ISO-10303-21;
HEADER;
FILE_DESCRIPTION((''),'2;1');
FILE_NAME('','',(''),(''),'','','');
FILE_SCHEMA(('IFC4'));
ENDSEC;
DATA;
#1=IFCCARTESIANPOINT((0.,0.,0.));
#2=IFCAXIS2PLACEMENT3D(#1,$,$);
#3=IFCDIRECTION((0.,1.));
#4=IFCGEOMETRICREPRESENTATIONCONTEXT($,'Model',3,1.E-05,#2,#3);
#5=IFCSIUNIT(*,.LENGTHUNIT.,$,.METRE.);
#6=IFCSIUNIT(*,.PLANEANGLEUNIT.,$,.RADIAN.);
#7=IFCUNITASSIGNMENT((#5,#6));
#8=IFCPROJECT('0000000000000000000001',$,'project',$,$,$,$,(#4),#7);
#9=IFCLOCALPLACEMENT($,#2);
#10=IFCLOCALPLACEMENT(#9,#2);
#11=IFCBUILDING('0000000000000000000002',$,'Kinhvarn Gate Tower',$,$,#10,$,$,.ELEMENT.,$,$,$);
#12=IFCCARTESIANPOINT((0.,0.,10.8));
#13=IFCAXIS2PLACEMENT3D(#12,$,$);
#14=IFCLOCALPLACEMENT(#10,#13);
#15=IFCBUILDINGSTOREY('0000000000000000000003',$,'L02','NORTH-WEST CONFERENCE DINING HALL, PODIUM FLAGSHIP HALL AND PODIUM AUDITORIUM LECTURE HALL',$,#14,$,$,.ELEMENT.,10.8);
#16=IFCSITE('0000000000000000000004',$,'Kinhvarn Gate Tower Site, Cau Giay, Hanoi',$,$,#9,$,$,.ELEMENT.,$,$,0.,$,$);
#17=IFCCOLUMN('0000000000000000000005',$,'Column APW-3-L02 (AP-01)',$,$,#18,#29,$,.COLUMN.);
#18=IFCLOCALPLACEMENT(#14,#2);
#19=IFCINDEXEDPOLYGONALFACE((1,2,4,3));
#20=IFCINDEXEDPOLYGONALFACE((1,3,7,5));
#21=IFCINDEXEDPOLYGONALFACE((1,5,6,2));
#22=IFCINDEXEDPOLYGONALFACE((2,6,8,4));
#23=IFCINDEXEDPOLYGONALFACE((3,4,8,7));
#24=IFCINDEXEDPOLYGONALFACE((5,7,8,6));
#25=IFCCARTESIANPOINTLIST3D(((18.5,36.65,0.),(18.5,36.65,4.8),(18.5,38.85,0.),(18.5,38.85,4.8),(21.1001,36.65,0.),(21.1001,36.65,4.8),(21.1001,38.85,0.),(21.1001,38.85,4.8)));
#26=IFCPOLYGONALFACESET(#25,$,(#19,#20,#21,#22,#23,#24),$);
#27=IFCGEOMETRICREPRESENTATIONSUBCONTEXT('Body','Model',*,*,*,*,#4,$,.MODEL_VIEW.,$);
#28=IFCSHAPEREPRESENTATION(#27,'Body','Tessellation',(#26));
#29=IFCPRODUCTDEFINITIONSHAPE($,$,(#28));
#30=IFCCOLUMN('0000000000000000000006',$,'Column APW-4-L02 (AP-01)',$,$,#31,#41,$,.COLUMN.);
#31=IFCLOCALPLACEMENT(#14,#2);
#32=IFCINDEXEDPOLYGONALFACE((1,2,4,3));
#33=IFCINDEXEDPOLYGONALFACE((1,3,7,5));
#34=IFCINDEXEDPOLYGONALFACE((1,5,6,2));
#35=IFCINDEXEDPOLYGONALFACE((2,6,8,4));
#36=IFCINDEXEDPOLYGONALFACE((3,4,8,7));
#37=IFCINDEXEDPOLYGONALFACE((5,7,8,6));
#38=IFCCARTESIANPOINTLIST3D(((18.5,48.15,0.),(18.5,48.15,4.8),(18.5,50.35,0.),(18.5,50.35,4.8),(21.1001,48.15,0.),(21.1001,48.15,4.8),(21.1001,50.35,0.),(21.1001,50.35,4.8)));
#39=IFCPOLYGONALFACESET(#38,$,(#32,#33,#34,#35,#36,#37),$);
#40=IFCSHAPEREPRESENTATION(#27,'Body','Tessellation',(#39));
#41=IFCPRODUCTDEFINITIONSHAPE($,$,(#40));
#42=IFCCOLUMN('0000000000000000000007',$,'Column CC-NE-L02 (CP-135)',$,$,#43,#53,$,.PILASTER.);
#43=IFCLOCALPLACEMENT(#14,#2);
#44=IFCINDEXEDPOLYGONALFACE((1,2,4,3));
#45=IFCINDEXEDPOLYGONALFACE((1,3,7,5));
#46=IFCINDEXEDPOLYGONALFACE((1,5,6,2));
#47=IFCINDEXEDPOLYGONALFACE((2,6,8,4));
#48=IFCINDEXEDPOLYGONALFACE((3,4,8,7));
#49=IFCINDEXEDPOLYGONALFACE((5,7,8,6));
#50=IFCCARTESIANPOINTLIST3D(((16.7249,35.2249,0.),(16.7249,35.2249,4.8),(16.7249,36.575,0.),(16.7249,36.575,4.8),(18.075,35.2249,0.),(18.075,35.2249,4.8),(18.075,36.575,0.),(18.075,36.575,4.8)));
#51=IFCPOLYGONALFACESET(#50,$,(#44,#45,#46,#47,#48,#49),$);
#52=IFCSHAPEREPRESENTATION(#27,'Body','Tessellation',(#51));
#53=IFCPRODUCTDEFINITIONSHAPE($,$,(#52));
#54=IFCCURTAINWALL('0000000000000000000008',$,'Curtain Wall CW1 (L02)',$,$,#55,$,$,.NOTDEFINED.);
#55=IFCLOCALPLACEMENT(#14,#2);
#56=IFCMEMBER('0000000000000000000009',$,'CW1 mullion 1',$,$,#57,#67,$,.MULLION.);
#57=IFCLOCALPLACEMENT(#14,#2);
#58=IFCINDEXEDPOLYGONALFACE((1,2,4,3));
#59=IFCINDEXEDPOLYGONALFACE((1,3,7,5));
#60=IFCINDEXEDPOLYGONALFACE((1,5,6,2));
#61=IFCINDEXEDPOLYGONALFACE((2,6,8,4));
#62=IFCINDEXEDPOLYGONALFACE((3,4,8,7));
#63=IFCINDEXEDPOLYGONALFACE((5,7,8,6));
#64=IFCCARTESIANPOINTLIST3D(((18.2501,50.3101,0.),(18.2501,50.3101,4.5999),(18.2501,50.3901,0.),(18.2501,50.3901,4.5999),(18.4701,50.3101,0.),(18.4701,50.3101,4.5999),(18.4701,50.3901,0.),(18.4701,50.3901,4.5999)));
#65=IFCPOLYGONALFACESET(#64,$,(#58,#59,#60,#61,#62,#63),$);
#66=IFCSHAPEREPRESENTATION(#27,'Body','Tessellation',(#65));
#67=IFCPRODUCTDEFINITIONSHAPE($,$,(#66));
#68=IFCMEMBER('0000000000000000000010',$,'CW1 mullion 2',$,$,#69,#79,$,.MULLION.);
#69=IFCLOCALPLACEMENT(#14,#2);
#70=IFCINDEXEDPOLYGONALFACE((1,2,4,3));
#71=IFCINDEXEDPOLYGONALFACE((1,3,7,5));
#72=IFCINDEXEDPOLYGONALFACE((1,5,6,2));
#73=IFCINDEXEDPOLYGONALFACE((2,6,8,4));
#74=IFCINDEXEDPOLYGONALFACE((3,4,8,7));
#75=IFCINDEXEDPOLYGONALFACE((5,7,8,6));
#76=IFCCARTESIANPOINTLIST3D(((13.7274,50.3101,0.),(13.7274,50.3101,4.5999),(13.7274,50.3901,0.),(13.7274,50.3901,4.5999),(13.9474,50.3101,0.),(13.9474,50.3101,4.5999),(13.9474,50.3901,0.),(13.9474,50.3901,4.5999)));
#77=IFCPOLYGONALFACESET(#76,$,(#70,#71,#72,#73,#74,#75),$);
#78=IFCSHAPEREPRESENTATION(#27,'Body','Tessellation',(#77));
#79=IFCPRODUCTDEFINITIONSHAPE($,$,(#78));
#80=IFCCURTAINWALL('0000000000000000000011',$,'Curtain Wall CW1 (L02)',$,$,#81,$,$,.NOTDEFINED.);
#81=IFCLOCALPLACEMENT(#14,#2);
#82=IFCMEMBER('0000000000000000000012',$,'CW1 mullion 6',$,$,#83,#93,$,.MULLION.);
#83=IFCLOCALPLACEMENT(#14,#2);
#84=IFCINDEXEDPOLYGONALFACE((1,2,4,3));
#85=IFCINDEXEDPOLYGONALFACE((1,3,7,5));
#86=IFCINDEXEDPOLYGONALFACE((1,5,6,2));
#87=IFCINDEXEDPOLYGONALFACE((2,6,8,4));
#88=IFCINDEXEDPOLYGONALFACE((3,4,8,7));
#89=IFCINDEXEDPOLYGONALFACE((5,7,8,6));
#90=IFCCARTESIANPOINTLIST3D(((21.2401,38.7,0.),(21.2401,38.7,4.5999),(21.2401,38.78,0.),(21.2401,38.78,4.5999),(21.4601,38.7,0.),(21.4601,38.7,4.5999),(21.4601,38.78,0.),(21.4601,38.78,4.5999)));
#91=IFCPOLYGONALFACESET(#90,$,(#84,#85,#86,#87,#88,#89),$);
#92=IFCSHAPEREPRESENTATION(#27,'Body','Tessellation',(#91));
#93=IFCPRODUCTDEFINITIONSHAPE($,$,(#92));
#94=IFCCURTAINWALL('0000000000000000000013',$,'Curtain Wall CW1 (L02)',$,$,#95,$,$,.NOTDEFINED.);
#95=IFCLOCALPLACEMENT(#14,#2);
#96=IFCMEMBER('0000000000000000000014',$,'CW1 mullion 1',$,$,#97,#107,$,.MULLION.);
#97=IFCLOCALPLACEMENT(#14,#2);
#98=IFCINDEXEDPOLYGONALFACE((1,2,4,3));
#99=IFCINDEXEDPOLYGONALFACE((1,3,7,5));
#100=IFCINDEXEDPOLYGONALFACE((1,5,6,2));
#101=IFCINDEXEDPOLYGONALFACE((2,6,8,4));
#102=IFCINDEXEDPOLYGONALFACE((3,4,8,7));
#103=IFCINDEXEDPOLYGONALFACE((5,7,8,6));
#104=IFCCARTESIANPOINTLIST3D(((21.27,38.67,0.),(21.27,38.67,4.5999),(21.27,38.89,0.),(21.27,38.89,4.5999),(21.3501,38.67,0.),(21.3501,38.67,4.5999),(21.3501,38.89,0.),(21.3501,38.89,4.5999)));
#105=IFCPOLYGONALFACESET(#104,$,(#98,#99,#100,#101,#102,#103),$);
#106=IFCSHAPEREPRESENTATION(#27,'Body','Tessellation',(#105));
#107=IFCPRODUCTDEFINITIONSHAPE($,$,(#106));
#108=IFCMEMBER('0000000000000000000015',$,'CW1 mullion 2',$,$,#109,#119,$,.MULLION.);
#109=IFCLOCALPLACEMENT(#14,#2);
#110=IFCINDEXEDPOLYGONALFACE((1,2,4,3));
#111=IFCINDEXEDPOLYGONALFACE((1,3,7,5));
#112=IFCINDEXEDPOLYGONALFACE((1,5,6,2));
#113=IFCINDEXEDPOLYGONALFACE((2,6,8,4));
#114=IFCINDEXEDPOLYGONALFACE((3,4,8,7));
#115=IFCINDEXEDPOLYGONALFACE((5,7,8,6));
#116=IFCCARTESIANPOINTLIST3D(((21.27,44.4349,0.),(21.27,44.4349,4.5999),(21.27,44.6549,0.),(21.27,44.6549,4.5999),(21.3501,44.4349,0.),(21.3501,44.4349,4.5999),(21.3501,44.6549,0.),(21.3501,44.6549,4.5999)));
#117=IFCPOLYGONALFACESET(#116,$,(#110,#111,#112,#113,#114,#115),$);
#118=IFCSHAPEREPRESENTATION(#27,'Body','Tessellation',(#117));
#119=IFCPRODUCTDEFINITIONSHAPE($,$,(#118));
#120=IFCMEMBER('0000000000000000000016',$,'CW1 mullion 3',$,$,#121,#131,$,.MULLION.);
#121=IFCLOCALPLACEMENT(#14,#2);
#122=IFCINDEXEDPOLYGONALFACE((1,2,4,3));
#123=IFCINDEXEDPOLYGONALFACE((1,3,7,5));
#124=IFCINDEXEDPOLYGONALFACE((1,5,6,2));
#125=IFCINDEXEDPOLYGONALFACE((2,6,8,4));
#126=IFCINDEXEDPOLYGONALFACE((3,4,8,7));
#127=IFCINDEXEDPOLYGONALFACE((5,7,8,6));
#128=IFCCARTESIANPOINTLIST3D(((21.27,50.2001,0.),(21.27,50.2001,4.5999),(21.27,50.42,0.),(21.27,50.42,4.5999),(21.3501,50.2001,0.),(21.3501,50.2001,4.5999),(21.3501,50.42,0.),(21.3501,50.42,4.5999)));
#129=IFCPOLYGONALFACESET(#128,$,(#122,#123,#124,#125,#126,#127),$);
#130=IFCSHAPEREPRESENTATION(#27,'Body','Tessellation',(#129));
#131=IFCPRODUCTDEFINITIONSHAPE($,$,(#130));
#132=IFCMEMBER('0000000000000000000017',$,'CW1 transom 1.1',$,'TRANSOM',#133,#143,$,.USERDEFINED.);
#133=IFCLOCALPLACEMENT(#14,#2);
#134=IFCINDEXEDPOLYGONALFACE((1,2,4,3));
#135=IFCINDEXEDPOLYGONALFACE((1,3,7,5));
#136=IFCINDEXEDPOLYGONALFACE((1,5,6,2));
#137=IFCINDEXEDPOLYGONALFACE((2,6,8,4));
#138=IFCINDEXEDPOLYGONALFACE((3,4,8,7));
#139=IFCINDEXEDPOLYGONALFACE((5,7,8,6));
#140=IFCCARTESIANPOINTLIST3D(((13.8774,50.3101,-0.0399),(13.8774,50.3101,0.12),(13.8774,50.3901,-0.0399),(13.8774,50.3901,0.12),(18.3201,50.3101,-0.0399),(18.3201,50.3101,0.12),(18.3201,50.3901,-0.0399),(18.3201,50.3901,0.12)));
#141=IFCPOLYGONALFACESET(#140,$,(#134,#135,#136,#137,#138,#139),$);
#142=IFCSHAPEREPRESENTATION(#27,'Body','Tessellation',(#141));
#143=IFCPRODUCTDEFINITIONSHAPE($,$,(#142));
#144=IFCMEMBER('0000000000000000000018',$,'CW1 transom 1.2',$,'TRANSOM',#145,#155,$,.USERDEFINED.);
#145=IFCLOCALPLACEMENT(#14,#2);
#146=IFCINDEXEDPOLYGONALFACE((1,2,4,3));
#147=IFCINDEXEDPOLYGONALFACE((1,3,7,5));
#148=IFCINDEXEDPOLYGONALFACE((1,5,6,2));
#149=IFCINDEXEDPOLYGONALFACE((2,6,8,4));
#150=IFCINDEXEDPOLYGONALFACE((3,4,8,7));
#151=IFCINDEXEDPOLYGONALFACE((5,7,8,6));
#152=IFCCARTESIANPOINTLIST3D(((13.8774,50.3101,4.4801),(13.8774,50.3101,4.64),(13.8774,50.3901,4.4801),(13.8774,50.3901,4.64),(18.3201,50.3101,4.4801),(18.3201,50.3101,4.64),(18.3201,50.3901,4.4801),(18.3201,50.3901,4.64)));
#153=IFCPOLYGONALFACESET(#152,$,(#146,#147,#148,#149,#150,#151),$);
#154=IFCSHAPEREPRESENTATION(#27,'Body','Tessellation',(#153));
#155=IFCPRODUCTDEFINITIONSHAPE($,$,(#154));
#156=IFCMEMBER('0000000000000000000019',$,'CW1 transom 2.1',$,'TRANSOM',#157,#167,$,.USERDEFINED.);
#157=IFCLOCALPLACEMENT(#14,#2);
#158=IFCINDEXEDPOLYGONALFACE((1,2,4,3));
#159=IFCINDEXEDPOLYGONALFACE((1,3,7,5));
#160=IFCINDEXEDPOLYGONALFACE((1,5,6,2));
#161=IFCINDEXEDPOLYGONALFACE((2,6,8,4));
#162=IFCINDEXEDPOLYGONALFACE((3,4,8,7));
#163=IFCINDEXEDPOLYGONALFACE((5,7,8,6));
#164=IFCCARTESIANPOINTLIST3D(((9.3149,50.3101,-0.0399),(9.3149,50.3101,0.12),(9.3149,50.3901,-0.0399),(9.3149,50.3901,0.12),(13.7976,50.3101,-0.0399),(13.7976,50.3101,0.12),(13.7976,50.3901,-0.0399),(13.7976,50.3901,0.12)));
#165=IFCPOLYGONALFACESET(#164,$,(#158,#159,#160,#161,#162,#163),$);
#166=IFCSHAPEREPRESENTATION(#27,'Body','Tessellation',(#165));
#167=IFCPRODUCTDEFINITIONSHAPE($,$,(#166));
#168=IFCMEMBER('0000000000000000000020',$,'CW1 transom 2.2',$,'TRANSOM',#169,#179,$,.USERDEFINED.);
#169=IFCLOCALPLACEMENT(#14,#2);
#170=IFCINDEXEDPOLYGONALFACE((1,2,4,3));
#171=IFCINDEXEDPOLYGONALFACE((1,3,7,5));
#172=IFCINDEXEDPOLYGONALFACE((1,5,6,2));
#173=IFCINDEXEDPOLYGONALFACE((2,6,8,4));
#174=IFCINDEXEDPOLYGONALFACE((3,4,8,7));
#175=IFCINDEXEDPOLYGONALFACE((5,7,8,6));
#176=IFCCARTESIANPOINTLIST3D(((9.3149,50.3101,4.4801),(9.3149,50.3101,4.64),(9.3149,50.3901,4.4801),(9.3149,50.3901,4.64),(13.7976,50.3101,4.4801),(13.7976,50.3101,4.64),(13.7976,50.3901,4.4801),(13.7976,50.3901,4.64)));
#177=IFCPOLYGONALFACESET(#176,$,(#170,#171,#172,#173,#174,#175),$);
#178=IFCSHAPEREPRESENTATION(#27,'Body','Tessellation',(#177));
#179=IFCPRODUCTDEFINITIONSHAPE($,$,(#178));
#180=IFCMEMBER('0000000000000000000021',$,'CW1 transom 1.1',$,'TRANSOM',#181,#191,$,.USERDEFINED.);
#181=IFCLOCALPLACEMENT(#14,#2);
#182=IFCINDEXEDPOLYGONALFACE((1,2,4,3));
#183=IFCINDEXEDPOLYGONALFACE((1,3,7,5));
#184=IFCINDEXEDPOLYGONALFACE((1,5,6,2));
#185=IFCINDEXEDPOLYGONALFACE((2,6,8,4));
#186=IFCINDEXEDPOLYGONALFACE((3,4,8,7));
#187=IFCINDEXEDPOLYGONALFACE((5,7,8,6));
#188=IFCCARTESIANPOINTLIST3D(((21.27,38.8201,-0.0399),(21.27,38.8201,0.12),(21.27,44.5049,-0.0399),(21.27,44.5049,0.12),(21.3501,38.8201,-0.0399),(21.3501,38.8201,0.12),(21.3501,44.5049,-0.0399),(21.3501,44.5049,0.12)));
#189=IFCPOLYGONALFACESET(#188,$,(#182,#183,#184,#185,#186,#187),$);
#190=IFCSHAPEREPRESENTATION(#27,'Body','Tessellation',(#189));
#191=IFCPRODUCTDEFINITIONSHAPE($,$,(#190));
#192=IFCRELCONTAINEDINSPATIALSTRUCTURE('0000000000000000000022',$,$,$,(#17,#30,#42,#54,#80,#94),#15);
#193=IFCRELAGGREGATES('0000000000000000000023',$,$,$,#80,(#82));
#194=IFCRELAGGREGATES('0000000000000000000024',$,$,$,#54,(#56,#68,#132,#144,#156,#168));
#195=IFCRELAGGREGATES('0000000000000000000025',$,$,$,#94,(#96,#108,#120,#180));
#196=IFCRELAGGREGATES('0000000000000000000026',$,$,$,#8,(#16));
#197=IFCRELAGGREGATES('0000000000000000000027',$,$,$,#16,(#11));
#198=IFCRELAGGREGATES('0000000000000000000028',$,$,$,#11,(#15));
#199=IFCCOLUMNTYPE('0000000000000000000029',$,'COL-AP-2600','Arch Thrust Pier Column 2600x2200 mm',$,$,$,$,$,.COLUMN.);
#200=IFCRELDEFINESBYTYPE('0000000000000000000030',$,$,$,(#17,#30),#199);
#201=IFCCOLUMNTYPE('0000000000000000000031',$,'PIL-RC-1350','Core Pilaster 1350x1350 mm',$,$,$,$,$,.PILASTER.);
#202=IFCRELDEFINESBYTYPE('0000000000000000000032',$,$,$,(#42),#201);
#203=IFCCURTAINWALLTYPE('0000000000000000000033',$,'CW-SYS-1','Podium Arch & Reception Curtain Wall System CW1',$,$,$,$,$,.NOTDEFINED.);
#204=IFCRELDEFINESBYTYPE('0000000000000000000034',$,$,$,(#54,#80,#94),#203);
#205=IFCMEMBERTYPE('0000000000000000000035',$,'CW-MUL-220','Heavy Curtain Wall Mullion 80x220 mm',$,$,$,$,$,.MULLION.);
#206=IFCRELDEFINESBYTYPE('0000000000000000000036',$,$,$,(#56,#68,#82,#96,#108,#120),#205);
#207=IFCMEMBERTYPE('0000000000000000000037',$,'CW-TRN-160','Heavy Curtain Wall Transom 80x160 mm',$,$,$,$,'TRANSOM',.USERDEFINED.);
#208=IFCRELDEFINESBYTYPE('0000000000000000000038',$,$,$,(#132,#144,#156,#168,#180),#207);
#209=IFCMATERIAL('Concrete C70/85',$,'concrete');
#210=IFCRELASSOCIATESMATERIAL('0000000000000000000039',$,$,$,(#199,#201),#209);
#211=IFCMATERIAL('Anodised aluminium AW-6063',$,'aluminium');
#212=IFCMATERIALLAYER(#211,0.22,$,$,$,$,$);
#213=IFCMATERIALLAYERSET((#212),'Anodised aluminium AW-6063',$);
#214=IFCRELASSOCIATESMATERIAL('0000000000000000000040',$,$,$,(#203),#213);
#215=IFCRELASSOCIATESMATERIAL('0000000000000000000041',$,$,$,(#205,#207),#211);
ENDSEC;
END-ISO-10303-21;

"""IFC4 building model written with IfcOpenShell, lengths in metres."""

from ifc_helpers import new_model, si_unit, direction, frame, origin, origin_2d, place, context, subcontext, project, spatial, rectangle, extrude, material, layer, layer_set, material_profile, profile_set, type_object, element, aggregate, save


model = new_model("IFC4")

# Units and contexts
model_context = context("Model", 3, precision=1e-05, world=origin(), true_north=direction((0.0, 1.0)))
body_context = subcontext(model_context, "Body", "Model", "MODEL_VIEW")
ifc_project = project(units=[si_unit("LENGTHUNIT", "METRE"), si_unit("PLANEANGLEUNIT", "RADIAN")], contexts=[model_context])

# Site, building, storey
site_placement = place(None, origin())
site = spatial("IfcSite", under=ifc_project, at=site_placement, Name="Kinhvarn Gate Tower Site, Cau Giay, Hanoi", CompositionType="ELEMENT", RefElevation=0.0)
building_placement = place(site_placement, origin())
building = spatial("IfcBuilding", under=site, at=building_placement, Name="Kinhvarn Gate Tower", CompositionType="ELEMENT")
storey_placement = place(building_placement, frame((0.0, 0.0, 10.8)))
storey = spatial("IfcBuildingStorey", under=building, at=storey_placement, Name="L02", Description="NORTH-WEST CONFERENCE DINING HALL, PODIUM FLAGSHIP HALL AND PODIUM AUDITORIUM LECTURE HALL", CompositionType="ELEMENT", Elevation=10.8)

# Columns
ifc_material_1 = material(Name="Concrete C70/85", Category="concrete")
ifc_material_profile_1 = material_profile(ifc_material_1, rectangle(XDim=2.6001, YDim=2.2, at=origin_2d()), Name="RC 2600x2200")
ifc_profile_set_1 = profile_set([ifc_material_profile_1], Name="Concrete C70/85")
column_type_1 = type_object("IfcColumnType", Name="COL-AP-2600", Description="Arch Thrust Pier Column 2600x2200 mm", PredefinedType="COLUMN", material=ifc_profile_set_1)
for number, where, z_axis, x_axis, name in (
    (1, (19.8, 37.75, 0.0), (0.0, 0.0, 1.0), (1.0, 0.0, 0.0), "Column APW-3-L02 (AP-01)"),
    (2, (19.8, 49.25, 0.0), (0.0, 0.0, 1.0), (1.0, 0.0, 0.0), "Column APW-4-L02 (AP-01)"),
):
    element("IfcColumn", number, at=place(storey_placement, frame(where, z_axis=z_axis, x_axis=x_axis)), inside=storey, type_object=column_type_1, Name=name, PredefinedType="COLUMN", context=body_context, shape_type="SweptSolid", body=[
        extrude(rectangle(XDim=2.6001, YDim=2.2, at=origin_2d()), origin(), (0.0, 0.0, 1.0), 4.8),
    ])
ifc_material_profile_2 = material_profile(ifc_material_1, rectangle(XDim=1.3501, YDim=1.3501, at=origin_2d()), Name="RC 1350x1350")
ifc_profile_set_2 = profile_set([ifc_material_profile_2], Name="Concrete C70/85")
column_type_2 = type_object("IfcColumnType", Name="PIL-RC-1350", Description="Core Pilaster 1350x1350 mm", PredefinedType="PILASTER", material=ifc_profile_set_2)
column_placement = place(storey_placement, frame((17.3999, 35.8999, 0.0), z_axis=(0.0, 0.0, 1.0), x_axis=(1.0, 0.0, 0.0)))
element("IfcColumn", 3, at=column_placement, inside=storey, type_object=column_type_2, Name="Column CC-NE-L02 (CP-135)", PredefinedType="PILASTER", context=body_context, shape_type="SweptSolid", body=[
    extrude(rectangle(XDim=1.3501, YDim=1.3501, at=origin_2d()), origin(), (0.0, 0.0, 1.0), 4.8),
])

# Curtain wall, members
ifc_material_2 = material(Name="Anodised aluminium AW-6063", Category="aluminium")
ifc_layer_1 = layer(ifc_material_2, 0.22)
ifc_layer_set_1 = layer_set([ifc_layer_1], Name="Anodised aluminium AW-6063")
curtain_wall_type = type_object("IfcCurtainWallType", Name="CW-SYS-1", Description="Podium Arch & Reception Curtain Wall System CW1", PredefinedType="NOTDEFINED", material=ifc_layer_set_1)
curtain_wall_1_placement = place(storey_placement, origin())
curtain_wall_1 = element("IfcCurtainWall", 4, at=curtain_wall_1_placement, inside=storey, type_object=curtain_wall_type, Name="Curtain Wall CW1 (L02)", PredefinedType="NOTDEFINED")
ifc_material_profile_3 = material_profile(ifc_material_2, rectangle(XDim=0.0801, YDim=0.22, at=origin_2d()), Name="ALU 80x220")
ifc_profile_set_3 = profile_set([ifc_material_profile_3], Name="Anodised aluminium AW-6063")
member_type_1 = type_object("IfcMemberType", Name="CW-MUL-220", Description="Heavy Curtain Wall Mullion 80x220 mm", PredefinedType="MULLION", material=ifc_profile_set_3)
member_1_placement = place(storey_placement, frame((18.3601, 50.3501, 0.0), z_axis=(0.0, 0.0, 1.0), x_axis=(0.0, -1.0, 0.0)))
member_1 = element("IfcMember", 5, at=member_1_placement, type_object=member_type_1, Name="CW1 mullion 1", PredefinedType="MULLION", context=body_context, shape_type="SweptSolid", body=[
    extrude(rectangle(XDim=0.0801, YDim=0.22, at=origin_2d()), origin(), (0.0, 0.0, 1.0), 4.5999),
])
member_2_placement = place(storey_placement, frame((13.8374, 50.3501, 0.0), z_axis=(0.0, 0.0, 1.0), x_axis=(0.0, -1.0, 0.0)))
member_2 = element("IfcMember", 6, at=member_2_placement, type_object=member_type_1, Name="CW1 mullion 2", PredefinedType="MULLION", context=body_context, shape_type="SweptSolid", body=[
    extrude(rectangle(XDim=0.0801, YDim=0.22, at=origin_2d()), origin(), (0.0, 0.0, 1.0), 4.5999),
])

# Curtain wall, member
curtain_wall_2_placement = place(storey_placement, origin())
curtain_wall_2 = element("IfcCurtainWall", 7, at=curtain_wall_2_placement, inside=storey, type_object=curtain_wall_type, Name="Curtain Wall CW1 (L02)", PredefinedType="NOTDEFINED")
member_3_placement = place(storey_placement, frame((21.3501, 38.74, 0.0), z_axis=(0.0, 0.0, 1.0), x_axis=(0.0, -1.0, 0.0)))
member_3 = element("IfcMember", 8, at=member_3_placement, type_object=member_type_1, Name="CW1 mullion 6", PredefinedType="MULLION", context=body_context, shape_type="SweptSolid", body=[
    extrude(rectangle(XDim=0.0801, YDim=0.22, at=origin_2d()), origin(), (0.0, 0.0, 1.0), 4.5999),
])
aggregate(curtain_wall_2, [member_3])

# Curtain wall, members
curtain_wall_3_placement = place(storey_placement, origin())
curtain_wall_3 = element("IfcCurtainWall", 9, at=curtain_wall_3_placement, inside=storey, type_object=curtain_wall_type, Name="Curtain Wall CW1 (L02)", PredefinedType="NOTDEFINED")
member_4_placement = place(storey_placement, frame((21.3101, 38.78, 0.0), z_axis=(0.0, 0.0, 1.0), x_axis=(-1.0, 0.0, 0.0)))
member_4 = element("IfcMember", 10, at=member_4_placement, type_object=member_type_1, Name="CW1 mullion 1", PredefinedType="MULLION", context=body_context, shape_type="SweptSolid", body=[
    extrude(rectangle(XDim=0.0801, YDim=0.22, at=origin_2d()), origin(), (0.0, 0.0, 1.0), 4.5999),
])
member_5_placement = place(storey_placement, frame((21.3101, 44.5449, 0.0), z_axis=(0.0, 0.0, 1.0), x_axis=(-1.0, 0.0, 0.0)))
member_5 = element("IfcMember", 11, at=member_5_placement, type_object=member_type_1, Name="CW1 mullion 2", PredefinedType="MULLION", context=body_context, shape_type="SweptSolid", body=[
    extrude(rectangle(XDim=0.0801, YDim=0.22, at=origin_2d()), origin(), (0.0, 0.0, 1.0), 4.5999),
])
member_6_placement = place(storey_placement, frame((21.3101, 50.3101, 0.0), z_axis=(0.0, 0.0, 1.0), x_axis=(-1.0, 0.0, 0.0)))
member_6 = element("IfcMember", 12, at=member_6_placement, type_object=member_type_1, Name="CW1 mullion 3", PredefinedType="MULLION", context=body_context, shape_type="SweptSolid", body=[
    extrude(rectangle(XDim=0.0801, YDim=0.22, at=origin_2d()), origin(), (0.0, 0.0, 1.0), 4.5999),
])

# Members
ifc_material_profile_4 = material_profile(ifc_material_2, rectangle(XDim=0.0801, YDim=0.1599, at=origin_2d()), Name="ALU 80x160")
ifc_profile_set_4 = profile_set([ifc_material_profile_4], Name="Anodised aluminium AW-6063")
member_type_2 = type_object("IfcMemberType", Name="CW-TRN-160", Description="Heavy Curtain Wall Transom 80x160 mm", ElementType="TRANSOM", PredefinedType="USERDEFINED", material=ifc_profile_set_4)
member_7_placement = place(storey_placement, frame((18.3201, 50.3501, 0.04), z_axis=(-1.0, 0.0, 0.0), x_axis=(0.0, -1.0, 0.0)))
member_7 = element("IfcMember", 13, at=member_7_placement, type_object=member_type_2, Name="CW1 transom 1.1", ObjectType="TRANSOM", PredefinedType="USERDEFINED", context=body_context, shape_type="SweptSolid", body=[
    extrude(rectangle(XDim=0.0801, YDim=0.1599, at=origin_2d()), origin(), (0.0, 0.0, 1.0), 4.4426),
])
member_8_placement = place(storey_placement, frame((18.3201, 50.3501, 4.5601), z_axis=(-1.0, 0.0, 0.0), x_axis=(0.0, -1.0, 0.0)))
member_8 = element("IfcMember", 14, at=member_8_placement, type_object=member_type_2, Name="CW1 transom 1.2", ObjectType="TRANSOM", PredefinedType="USERDEFINED", context=body_context, shape_type="SweptSolid", body=[
    extrude(rectangle(XDim=0.0801, YDim=0.1599, at=origin_2d()), origin(), (0.0, 0.0, 1.0), 4.4426),
])
member_9_placement = place(storey_placement, frame((13.7976, 50.3501, 0.04), z_axis=(-1.0, 0.0, 0.0), x_axis=(0.0, -1.0, 0.0)))
member_9 = element("IfcMember", 15, at=member_9_placement, type_object=member_type_2, Name="CW1 transom 2.1", ObjectType="TRANSOM", PredefinedType="USERDEFINED", context=body_context, shape_type="SweptSolid", body=[
    extrude(rectangle(XDim=0.0801, YDim=0.1599, at=origin_2d()), origin(), (0.0, 0.0, 1.0), 4.4827),
])
member_10_placement = place(storey_placement, frame((13.7976, 50.3501, 4.5601), z_axis=(-1.0, 0.0, 0.0), x_axis=(0.0, -1.0, 0.0)))
member_10 = element("IfcMember", 16, at=member_10_placement, type_object=member_type_2, Name="CW1 transom 2.2", ObjectType="TRANSOM", PredefinedType="USERDEFINED", context=body_context, shape_type="SweptSolid", body=[
    extrude(rectangle(XDim=0.0801, YDim=0.1599, at=origin_2d()), origin(), (0.0, 0.0, 1.0), 4.4827),
])
member_11_placement = place(storey_placement, frame((21.3101, 38.8201, 0.04), z_axis=(0.0, 1.0, 0.0), x_axis=(-1.0, 0.0, 0.0)))
member_11 = element("IfcMember", 17, at=member_11_placement, type_object=member_type_2, Name="CW1 transom 1.1", ObjectType="TRANSOM", PredefinedType="USERDEFINED", context=body_context, shape_type="SweptSolid", body=[
    extrude(rectangle(XDim=0.0801, YDim=0.1599, at=origin_2d()), origin(), (0.0, 0.0, 1.0), 5.6848),
])

aggregate(curtain_wall_1, [member_1, member_2, member_7, member_8, member_9, member_10])
aggregate(curtain_wall_3, [member_4, member_5, member_6, member_11])

save(model, "model.ifc")
